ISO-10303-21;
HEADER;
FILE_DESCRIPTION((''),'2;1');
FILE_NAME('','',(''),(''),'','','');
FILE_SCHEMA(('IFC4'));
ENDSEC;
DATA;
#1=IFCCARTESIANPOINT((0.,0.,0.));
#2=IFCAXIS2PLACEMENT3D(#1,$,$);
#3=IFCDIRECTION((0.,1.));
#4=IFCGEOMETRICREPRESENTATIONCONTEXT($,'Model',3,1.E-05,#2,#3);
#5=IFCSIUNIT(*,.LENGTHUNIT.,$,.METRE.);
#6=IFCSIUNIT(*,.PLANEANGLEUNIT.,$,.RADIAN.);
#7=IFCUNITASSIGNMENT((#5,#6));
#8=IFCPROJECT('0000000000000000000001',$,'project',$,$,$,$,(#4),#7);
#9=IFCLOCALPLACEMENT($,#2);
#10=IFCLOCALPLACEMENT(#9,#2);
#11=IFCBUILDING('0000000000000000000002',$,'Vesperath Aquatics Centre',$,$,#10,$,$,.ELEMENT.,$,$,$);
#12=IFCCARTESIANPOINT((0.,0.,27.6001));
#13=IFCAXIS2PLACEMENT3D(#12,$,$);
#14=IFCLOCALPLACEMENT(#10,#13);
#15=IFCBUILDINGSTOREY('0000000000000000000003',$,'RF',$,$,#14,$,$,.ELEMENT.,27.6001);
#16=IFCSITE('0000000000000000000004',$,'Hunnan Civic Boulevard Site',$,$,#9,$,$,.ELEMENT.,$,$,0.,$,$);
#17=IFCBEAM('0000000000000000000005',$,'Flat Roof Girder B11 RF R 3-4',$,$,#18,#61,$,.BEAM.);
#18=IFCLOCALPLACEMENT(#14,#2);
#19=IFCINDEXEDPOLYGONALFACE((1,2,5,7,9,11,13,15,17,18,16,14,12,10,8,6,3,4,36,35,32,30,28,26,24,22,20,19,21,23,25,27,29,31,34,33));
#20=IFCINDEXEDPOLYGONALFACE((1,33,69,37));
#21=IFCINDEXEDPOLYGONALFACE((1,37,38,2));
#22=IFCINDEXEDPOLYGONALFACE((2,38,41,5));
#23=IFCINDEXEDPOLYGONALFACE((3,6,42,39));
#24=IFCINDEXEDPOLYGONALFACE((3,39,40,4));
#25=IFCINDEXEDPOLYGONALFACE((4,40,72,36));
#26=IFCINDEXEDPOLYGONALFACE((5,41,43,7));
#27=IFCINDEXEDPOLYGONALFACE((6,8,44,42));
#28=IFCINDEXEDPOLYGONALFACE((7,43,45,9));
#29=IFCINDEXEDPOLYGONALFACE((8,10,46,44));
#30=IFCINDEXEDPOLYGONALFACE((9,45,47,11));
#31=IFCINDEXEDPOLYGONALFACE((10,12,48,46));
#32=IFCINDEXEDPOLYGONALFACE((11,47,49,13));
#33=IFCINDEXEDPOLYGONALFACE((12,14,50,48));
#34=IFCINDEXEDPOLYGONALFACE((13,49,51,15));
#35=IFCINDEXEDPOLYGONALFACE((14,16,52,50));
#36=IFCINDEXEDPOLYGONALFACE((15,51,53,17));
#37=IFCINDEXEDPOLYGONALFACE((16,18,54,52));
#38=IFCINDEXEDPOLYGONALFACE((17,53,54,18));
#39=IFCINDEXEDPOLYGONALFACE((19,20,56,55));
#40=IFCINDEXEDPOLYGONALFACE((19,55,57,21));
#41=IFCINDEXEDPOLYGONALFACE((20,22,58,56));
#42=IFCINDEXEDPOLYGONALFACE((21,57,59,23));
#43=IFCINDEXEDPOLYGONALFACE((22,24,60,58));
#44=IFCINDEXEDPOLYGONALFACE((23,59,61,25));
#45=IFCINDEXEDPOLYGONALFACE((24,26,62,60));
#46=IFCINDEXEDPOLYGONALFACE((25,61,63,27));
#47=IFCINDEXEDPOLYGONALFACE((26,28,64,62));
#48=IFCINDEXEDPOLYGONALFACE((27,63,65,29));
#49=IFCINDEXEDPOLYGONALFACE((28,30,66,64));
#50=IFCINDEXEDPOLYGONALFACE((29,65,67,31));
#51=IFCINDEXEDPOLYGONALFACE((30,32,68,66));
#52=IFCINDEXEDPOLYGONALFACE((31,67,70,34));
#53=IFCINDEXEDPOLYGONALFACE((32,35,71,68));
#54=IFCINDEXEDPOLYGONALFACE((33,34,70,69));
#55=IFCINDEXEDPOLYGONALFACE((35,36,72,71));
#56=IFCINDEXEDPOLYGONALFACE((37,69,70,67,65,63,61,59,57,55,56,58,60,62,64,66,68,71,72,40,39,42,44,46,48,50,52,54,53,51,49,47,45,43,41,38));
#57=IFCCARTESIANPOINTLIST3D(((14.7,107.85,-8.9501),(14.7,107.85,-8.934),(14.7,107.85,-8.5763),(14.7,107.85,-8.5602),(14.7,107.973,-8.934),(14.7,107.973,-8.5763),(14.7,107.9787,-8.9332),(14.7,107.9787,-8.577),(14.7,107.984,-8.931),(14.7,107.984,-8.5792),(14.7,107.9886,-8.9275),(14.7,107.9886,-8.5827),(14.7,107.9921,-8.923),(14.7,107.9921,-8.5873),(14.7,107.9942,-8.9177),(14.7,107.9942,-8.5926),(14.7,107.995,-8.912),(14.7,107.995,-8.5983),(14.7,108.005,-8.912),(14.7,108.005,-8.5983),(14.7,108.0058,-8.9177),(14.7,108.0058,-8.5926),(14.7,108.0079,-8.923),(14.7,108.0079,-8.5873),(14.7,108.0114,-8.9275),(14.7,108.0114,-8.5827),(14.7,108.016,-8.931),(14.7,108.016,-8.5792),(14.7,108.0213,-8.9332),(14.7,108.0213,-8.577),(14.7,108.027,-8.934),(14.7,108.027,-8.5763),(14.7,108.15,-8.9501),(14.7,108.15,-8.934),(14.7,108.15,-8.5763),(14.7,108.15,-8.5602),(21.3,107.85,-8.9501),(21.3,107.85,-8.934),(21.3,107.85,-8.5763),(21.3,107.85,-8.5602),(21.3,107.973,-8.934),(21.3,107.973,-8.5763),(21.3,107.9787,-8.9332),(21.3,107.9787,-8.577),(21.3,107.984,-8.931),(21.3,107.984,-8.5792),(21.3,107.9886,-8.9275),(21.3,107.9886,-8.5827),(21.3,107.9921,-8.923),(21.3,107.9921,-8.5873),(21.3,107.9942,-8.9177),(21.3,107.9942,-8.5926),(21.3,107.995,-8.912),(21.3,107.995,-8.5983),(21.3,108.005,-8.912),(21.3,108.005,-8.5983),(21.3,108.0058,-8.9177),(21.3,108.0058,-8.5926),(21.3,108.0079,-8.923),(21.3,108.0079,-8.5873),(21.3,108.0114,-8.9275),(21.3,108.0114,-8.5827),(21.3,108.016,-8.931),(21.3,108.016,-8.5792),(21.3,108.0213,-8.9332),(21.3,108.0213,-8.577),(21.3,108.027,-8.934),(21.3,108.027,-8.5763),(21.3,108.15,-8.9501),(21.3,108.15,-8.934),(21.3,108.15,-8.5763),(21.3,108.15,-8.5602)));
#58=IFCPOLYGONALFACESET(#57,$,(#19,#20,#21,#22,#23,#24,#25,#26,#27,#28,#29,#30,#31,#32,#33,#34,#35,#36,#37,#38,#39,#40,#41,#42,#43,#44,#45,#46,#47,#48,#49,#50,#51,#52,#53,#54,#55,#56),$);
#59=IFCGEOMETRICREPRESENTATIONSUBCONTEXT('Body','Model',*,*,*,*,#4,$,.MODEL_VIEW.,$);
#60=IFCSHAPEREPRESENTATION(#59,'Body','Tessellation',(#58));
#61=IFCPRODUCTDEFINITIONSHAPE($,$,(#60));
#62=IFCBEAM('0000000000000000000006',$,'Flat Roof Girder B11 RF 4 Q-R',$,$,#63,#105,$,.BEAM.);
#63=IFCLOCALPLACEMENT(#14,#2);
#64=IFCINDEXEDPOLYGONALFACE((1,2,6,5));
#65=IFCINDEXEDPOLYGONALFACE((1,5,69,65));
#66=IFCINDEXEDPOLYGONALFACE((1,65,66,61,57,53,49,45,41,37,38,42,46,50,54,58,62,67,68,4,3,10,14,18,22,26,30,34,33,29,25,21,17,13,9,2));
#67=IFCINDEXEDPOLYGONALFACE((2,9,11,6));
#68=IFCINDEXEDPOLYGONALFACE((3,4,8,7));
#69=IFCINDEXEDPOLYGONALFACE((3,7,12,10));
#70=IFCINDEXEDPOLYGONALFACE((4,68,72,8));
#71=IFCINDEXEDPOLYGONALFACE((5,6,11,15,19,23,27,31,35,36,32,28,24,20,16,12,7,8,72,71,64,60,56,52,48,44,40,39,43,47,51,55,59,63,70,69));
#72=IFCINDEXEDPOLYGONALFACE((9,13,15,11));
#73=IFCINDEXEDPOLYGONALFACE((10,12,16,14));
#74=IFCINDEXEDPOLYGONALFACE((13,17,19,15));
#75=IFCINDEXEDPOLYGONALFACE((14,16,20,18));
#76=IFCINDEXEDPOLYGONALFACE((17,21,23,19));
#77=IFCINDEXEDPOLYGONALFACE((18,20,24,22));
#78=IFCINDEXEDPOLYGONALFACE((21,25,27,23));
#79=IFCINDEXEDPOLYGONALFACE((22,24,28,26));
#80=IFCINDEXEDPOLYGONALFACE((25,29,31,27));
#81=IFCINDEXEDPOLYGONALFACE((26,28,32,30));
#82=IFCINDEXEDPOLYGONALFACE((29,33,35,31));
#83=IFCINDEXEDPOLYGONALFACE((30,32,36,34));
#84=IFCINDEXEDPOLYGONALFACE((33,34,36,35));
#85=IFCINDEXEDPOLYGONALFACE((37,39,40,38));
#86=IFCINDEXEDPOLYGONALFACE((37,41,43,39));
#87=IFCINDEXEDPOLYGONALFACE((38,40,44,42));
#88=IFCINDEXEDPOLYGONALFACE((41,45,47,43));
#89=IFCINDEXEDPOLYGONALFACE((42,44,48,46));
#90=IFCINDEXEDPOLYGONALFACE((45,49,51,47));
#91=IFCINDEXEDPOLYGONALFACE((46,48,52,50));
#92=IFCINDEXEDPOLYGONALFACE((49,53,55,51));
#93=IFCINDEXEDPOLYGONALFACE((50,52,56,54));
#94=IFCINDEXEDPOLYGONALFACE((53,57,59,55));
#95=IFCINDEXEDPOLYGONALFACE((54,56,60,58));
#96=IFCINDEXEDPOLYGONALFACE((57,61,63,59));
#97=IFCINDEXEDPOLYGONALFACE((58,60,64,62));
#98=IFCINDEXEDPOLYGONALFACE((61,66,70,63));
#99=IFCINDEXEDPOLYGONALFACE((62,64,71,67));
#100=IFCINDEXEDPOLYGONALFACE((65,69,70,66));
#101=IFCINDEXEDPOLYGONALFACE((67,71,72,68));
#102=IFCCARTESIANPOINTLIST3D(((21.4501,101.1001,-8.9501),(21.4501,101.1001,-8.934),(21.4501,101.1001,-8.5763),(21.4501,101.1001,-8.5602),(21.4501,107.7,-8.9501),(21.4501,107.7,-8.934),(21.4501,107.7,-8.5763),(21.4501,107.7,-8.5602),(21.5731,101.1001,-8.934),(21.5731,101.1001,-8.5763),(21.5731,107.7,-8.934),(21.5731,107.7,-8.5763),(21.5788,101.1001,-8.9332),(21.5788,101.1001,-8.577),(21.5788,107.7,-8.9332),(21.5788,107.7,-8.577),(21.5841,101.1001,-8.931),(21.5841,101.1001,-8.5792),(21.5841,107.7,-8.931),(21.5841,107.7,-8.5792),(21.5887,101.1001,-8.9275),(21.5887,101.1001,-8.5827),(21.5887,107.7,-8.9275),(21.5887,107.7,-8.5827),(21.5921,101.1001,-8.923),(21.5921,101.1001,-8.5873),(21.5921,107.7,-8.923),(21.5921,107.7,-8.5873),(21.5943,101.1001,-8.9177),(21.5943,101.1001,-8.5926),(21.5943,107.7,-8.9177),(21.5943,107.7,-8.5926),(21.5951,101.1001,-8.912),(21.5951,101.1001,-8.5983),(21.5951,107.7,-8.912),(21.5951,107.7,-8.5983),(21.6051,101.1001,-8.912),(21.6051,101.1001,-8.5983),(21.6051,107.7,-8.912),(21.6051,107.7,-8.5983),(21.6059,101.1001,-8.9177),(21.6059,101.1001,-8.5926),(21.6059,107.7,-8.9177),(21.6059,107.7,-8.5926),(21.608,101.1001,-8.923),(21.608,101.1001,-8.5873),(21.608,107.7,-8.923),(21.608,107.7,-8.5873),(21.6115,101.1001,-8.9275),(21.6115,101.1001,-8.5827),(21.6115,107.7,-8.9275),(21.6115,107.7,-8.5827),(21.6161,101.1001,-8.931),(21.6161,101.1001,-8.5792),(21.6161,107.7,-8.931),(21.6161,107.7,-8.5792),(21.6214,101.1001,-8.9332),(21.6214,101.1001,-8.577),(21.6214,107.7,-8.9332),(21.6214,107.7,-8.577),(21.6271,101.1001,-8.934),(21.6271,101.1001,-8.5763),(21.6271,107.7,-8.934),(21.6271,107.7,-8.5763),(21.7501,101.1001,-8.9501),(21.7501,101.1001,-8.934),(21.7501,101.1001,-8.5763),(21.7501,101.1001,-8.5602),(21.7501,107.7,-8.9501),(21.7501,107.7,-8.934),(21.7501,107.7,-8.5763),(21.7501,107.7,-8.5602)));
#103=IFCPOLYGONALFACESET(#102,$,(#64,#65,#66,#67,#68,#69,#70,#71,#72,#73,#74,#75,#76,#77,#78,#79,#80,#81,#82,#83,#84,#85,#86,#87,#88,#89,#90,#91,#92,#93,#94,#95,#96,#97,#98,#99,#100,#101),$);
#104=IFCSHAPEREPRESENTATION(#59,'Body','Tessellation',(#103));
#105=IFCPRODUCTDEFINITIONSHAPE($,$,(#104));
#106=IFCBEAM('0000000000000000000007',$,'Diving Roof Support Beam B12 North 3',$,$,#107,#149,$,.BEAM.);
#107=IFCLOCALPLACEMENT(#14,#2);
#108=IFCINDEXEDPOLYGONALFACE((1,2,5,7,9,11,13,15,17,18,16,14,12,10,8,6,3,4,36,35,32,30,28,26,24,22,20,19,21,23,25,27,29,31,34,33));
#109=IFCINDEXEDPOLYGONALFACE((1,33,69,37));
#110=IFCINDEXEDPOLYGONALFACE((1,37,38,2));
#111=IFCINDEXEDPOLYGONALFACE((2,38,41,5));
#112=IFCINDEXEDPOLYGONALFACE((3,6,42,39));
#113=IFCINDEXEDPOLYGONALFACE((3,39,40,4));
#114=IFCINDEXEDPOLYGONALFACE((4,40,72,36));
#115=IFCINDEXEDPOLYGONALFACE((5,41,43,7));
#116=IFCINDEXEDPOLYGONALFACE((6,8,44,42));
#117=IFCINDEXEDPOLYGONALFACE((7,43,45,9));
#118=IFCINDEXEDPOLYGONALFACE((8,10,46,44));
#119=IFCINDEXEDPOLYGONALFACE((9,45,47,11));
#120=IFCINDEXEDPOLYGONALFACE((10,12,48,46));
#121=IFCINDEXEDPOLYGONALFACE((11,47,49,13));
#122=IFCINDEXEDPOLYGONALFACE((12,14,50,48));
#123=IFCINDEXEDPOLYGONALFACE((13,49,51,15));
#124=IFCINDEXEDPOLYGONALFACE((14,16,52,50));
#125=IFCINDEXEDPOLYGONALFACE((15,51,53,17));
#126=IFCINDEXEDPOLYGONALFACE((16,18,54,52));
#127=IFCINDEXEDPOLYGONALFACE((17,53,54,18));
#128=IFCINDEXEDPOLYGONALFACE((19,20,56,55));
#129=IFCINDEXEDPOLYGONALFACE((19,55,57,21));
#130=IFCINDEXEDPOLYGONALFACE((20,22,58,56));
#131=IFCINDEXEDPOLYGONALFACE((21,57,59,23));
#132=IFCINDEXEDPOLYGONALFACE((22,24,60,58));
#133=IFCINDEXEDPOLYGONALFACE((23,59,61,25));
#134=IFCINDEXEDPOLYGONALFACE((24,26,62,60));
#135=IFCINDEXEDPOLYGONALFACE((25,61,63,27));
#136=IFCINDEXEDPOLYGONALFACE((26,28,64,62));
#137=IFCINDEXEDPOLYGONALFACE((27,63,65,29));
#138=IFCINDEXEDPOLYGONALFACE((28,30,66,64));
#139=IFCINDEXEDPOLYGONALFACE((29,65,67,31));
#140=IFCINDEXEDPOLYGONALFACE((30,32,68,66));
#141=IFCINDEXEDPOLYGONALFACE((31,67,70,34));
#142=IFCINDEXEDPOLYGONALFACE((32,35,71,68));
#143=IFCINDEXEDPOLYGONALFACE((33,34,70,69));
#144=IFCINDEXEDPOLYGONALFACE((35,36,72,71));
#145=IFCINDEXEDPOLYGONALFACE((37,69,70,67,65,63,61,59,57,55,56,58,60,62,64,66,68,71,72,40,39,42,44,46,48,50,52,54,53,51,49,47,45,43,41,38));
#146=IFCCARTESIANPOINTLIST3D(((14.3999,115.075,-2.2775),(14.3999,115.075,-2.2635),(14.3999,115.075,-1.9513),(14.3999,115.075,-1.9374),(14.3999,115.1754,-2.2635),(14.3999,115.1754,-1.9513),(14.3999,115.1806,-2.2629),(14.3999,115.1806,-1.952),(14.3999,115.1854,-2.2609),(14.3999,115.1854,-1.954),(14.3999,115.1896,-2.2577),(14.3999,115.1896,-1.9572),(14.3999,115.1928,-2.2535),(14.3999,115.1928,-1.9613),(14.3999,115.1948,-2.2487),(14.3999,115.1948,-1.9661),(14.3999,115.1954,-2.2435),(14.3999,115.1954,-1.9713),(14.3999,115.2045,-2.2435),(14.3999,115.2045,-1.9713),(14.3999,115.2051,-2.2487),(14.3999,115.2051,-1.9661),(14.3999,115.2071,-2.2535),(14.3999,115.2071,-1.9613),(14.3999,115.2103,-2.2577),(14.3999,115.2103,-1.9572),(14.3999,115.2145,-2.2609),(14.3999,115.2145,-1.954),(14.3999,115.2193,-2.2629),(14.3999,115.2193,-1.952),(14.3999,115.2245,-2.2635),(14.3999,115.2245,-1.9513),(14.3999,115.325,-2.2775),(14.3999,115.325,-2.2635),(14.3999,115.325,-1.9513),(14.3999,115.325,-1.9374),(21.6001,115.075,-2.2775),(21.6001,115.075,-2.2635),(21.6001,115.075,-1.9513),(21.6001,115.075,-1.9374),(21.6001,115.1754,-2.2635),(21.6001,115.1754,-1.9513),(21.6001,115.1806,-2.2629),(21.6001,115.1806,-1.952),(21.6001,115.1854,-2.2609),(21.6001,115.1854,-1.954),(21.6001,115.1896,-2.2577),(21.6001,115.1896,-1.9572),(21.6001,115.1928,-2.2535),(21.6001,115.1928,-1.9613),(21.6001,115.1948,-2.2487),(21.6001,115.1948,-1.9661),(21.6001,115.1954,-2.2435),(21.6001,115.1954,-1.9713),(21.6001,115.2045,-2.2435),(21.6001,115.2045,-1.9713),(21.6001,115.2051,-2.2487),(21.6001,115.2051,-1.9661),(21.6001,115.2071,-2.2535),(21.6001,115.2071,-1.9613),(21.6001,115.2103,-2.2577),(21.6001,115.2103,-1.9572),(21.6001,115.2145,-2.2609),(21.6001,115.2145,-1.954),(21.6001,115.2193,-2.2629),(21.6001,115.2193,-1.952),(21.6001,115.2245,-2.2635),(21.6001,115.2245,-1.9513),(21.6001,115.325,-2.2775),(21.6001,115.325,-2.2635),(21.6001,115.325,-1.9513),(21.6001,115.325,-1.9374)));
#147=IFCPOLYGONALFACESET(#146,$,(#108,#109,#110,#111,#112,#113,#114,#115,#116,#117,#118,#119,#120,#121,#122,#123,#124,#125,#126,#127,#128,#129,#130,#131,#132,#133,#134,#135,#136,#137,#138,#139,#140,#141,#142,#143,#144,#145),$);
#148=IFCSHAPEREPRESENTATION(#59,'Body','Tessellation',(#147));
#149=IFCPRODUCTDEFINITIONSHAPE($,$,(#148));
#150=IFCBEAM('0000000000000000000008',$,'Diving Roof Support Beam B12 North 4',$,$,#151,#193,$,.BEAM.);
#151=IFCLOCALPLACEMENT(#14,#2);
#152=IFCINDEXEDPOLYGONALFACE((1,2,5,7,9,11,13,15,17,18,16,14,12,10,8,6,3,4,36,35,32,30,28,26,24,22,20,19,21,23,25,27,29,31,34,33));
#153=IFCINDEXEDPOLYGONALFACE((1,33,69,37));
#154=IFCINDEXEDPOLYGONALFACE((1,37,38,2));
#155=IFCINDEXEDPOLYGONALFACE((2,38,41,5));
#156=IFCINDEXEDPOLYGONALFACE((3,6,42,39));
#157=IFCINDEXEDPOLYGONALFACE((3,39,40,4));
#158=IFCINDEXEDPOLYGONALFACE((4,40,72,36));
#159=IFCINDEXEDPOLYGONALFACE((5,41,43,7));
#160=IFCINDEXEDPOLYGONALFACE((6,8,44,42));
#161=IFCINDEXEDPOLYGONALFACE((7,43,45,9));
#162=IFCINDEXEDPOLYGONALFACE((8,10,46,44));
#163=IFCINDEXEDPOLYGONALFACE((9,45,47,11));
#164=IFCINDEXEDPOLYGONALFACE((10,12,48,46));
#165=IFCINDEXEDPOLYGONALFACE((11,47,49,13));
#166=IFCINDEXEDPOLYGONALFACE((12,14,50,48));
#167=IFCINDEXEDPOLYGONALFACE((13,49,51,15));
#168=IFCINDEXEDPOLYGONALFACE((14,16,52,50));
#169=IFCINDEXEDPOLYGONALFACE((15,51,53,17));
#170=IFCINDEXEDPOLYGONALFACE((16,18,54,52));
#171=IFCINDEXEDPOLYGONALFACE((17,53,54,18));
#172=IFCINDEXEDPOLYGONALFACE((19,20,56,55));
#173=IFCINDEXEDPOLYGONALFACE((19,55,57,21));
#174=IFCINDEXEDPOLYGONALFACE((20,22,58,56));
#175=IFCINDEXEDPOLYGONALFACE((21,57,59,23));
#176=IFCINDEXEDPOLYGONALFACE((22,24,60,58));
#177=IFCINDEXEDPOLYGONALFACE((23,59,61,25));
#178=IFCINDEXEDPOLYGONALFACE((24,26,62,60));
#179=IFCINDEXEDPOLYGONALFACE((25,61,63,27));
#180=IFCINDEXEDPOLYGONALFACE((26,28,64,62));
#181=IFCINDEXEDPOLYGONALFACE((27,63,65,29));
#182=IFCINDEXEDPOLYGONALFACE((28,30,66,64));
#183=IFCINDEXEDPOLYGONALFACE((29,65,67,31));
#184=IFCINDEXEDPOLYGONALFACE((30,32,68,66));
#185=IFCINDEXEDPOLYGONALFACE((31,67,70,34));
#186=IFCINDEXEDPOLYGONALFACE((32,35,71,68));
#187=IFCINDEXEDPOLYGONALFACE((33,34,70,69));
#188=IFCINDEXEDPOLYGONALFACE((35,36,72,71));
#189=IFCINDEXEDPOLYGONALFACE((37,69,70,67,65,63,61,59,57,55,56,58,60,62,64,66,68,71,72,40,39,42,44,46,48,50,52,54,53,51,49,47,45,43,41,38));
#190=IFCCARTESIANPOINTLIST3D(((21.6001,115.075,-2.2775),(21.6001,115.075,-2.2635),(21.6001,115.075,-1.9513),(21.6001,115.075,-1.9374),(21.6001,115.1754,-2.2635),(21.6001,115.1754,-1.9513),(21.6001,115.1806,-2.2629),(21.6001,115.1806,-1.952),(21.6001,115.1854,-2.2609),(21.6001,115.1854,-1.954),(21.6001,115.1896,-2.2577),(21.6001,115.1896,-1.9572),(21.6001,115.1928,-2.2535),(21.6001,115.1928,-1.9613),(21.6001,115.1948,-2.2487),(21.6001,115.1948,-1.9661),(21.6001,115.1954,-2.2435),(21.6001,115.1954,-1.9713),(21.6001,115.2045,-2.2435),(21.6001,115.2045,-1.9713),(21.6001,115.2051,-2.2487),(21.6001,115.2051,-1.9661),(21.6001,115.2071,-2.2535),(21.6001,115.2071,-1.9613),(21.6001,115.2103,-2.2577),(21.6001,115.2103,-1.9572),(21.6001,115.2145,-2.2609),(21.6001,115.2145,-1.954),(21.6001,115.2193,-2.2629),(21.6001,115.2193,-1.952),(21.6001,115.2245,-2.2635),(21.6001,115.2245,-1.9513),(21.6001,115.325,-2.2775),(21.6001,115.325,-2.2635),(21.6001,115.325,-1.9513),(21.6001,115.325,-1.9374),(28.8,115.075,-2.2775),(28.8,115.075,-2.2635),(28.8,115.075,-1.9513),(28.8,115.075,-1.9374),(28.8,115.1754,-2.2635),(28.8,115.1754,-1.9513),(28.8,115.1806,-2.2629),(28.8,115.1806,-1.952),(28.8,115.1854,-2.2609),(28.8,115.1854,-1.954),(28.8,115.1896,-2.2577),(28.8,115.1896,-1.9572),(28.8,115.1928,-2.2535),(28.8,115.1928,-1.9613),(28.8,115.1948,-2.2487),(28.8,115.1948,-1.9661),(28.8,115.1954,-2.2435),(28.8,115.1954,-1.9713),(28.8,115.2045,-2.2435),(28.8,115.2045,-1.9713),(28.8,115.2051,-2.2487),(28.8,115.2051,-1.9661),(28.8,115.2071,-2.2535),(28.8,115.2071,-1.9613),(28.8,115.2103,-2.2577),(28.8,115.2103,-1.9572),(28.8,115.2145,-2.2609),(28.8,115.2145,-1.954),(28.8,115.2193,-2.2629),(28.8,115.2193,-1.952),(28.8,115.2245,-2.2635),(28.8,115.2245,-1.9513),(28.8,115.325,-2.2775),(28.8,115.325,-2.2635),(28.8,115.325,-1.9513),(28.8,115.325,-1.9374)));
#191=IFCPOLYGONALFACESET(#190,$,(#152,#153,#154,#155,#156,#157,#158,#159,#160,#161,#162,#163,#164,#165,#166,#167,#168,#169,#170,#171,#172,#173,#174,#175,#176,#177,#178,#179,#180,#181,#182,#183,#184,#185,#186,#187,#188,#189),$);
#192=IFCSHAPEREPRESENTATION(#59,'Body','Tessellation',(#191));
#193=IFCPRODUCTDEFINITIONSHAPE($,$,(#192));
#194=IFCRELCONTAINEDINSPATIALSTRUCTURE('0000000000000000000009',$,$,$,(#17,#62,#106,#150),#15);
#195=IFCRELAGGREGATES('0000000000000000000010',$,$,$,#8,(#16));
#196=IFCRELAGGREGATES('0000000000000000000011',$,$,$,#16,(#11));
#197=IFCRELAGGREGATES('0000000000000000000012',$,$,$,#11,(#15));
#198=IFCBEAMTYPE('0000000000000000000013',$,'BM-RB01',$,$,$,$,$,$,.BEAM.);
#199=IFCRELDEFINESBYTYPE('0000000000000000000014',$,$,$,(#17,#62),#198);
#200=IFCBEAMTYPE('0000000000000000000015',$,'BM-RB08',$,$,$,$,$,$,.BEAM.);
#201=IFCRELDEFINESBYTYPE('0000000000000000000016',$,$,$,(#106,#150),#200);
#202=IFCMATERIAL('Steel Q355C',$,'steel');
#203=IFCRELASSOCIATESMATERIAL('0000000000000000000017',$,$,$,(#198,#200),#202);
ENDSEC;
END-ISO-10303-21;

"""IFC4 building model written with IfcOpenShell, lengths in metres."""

from ifc_helpers import new_model, si_unit, direction, frame, origin, origin_2d, place, context, subcontext, project, spatial, i_section, extrude, material, material_profile, profile_set, type_object, element, save


model = new_model("IFC4")

# Units and contexts
model_context = context("Model", 3, precision=1e-05, world=origin(), true_north=direction((0.0, 1.0)))
body_context = subcontext(model_context, "Body", "Model", "MODEL_VIEW")
ifc_project = project(units=[si_unit("LENGTHUNIT", "METRE"), si_unit("PLANEANGLEUNIT", "RADIAN")], contexts=[model_context])

# Site, building, storey
site_placement = place(None, origin())
site = spatial("IfcSite", under=ifc_project, at=site_placement, Name="Hunnan Civic Boulevard Site", CompositionType="ELEMENT", RefElevation=0.0)
building_placement = place(site_placement, origin())
building = spatial("IfcBuilding", under=site, at=building_placement, Name="Vesperath Aquatics Centre", CompositionType="ELEMENT")
storey_placement = place(building_placement, frame((0.0, 0.0, 27.6001)))
storey = spatial("IfcBuildingStorey", under=building, at=storey_placement, Name="RF", CompositionType="ELEMENT", Elevation=27.6001)

# Beams
ifc_material_1 = material(Name="Steel Q355C", Category="steel")
ifc_material_profile_1 = material_profile(ifc_material_1, i_section(OverallWidth=0.3, OverallDepth=0.3899, WebThickness=0.01, FlangeThickness=0.0161, FilletRadius=0.022, at=origin_2d()), Name="HM 390x300x10x16")
ifc_profile_set_1 = profile_set([ifc_material_profile_1], Name="Steel Q355C")
beam_type_1 = type_object("IfcBeamType", Name="BM-RB01", PredefinedType="BEAM", material=ifc_profile_set_1)
beam_1_placement = place(storey_placement, frame((14.7, 108.0, -8.7551), z_axis=(1.0, 0.0, 0.0), x_axis=(0.0, 1.0, 0.0)))
element("IfcBeam", 1, at=beam_1_placement, inside=storey, type_object=beam_type_1, Name="Flat Roof Girder B11 RF R 3-4", PredefinedType="BEAM", context=body_context, shape_type="SweptSolid", body=[
    extrude(i_section(OverallWidth=0.3, OverallDepth=0.3899, WebThickness=0.01, FlangeThickness=0.0161, FilletRadius=0.022, at=origin_2d()), origin(), (0.0, 0.0, 1.0), 6.6001),
])
beam_2_placement = place(storey_placement, frame((21.6001, 101.1001, -8.7551), z_axis=(0.0, 1.0, 0.0), x_axis=(-1.0, 0.0, 0.0)))
element("IfcBeam", 2, at=beam_2_placement, inside=storey, type_object=beam_type_1, Name="Flat Roof Girder B11 RF 4 Q-R", PredefinedType="BEAM", context=body_context, shape_type="SweptSolid", body=[
    extrude(i_section(OverallWidth=0.3, OverallDepth=0.3899, WebThickness=0.01, FlangeThickness=0.0161, FilletRadius=0.022, at=origin_2d()), origin(), (0.0, 0.0, 1.0), 6.5999),
])
ifc_material_profile_2 = material_profile(ifc_material_1, i_section(OverallWidth=0.25, OverallDepth=0.3401, WebThickness=0.009, FlangeThickness=0.0139, FilletRadius=0.02, at=origin_2d()), Name="HM 340x250x9x14")
ifc_profile_set_2 = profile_set([ifc_material_profile_2], Name="Steel Q355C")
beam_type_2 = type_object("IfcBeamType", Name="BM-RB08", PredefinedType="BEAM", material=ifc_profile_set_2)
beam_3_placement = place(storey_placement, frame((14.3999, 115.2, -2.1074), z_axis=(1.0, 0.0, 0.0), x_axis=(0.0, 1.0, 0.0)))
element("IfcBeam", 3, at=beam_3_placement, inside=storey, type_object=beam_type_2, Name="Diving Roof Support Beam B12 North 3", PredefinedType="BEAM", context=body_context, shape_type="SweptSolid", body=[
    extrude(i_section(OverallWidth=0.25, OverallDepth=0.3401, WebThickness=0.009, FlangeThickness=0.0139, FilletRadius=0.02, at=origin_2d()), origin(), (0.0, 0.0, 1.0), 7.2002),
])
beam_4_placement = place(storey_placement, frame((21.6001, 115.2, -2.1074), z_axis=(1.0, 0.0, 0.0), x_axis=(0.0, 1.0, 0.0)))
element("IfcBeam", 4, at=beam_4_placement, inside=storey, type_object=beam_type_2, Name="Diving Roof Support Beam B12 North 4", PredefinedType="BEAM", context=body_context, shape_type="SweptSolid", body=[
    extrude(i_section(OverallWidth=0.25, OverallDepth=0.3401, WebThickness=0.009, FlangeThickness=0.0139, FilletRadius=0.02, at=origin_2d()), origin(), (0.0, 0.0, 1.0), 7.2),
])

save(model, "model.ifc")
